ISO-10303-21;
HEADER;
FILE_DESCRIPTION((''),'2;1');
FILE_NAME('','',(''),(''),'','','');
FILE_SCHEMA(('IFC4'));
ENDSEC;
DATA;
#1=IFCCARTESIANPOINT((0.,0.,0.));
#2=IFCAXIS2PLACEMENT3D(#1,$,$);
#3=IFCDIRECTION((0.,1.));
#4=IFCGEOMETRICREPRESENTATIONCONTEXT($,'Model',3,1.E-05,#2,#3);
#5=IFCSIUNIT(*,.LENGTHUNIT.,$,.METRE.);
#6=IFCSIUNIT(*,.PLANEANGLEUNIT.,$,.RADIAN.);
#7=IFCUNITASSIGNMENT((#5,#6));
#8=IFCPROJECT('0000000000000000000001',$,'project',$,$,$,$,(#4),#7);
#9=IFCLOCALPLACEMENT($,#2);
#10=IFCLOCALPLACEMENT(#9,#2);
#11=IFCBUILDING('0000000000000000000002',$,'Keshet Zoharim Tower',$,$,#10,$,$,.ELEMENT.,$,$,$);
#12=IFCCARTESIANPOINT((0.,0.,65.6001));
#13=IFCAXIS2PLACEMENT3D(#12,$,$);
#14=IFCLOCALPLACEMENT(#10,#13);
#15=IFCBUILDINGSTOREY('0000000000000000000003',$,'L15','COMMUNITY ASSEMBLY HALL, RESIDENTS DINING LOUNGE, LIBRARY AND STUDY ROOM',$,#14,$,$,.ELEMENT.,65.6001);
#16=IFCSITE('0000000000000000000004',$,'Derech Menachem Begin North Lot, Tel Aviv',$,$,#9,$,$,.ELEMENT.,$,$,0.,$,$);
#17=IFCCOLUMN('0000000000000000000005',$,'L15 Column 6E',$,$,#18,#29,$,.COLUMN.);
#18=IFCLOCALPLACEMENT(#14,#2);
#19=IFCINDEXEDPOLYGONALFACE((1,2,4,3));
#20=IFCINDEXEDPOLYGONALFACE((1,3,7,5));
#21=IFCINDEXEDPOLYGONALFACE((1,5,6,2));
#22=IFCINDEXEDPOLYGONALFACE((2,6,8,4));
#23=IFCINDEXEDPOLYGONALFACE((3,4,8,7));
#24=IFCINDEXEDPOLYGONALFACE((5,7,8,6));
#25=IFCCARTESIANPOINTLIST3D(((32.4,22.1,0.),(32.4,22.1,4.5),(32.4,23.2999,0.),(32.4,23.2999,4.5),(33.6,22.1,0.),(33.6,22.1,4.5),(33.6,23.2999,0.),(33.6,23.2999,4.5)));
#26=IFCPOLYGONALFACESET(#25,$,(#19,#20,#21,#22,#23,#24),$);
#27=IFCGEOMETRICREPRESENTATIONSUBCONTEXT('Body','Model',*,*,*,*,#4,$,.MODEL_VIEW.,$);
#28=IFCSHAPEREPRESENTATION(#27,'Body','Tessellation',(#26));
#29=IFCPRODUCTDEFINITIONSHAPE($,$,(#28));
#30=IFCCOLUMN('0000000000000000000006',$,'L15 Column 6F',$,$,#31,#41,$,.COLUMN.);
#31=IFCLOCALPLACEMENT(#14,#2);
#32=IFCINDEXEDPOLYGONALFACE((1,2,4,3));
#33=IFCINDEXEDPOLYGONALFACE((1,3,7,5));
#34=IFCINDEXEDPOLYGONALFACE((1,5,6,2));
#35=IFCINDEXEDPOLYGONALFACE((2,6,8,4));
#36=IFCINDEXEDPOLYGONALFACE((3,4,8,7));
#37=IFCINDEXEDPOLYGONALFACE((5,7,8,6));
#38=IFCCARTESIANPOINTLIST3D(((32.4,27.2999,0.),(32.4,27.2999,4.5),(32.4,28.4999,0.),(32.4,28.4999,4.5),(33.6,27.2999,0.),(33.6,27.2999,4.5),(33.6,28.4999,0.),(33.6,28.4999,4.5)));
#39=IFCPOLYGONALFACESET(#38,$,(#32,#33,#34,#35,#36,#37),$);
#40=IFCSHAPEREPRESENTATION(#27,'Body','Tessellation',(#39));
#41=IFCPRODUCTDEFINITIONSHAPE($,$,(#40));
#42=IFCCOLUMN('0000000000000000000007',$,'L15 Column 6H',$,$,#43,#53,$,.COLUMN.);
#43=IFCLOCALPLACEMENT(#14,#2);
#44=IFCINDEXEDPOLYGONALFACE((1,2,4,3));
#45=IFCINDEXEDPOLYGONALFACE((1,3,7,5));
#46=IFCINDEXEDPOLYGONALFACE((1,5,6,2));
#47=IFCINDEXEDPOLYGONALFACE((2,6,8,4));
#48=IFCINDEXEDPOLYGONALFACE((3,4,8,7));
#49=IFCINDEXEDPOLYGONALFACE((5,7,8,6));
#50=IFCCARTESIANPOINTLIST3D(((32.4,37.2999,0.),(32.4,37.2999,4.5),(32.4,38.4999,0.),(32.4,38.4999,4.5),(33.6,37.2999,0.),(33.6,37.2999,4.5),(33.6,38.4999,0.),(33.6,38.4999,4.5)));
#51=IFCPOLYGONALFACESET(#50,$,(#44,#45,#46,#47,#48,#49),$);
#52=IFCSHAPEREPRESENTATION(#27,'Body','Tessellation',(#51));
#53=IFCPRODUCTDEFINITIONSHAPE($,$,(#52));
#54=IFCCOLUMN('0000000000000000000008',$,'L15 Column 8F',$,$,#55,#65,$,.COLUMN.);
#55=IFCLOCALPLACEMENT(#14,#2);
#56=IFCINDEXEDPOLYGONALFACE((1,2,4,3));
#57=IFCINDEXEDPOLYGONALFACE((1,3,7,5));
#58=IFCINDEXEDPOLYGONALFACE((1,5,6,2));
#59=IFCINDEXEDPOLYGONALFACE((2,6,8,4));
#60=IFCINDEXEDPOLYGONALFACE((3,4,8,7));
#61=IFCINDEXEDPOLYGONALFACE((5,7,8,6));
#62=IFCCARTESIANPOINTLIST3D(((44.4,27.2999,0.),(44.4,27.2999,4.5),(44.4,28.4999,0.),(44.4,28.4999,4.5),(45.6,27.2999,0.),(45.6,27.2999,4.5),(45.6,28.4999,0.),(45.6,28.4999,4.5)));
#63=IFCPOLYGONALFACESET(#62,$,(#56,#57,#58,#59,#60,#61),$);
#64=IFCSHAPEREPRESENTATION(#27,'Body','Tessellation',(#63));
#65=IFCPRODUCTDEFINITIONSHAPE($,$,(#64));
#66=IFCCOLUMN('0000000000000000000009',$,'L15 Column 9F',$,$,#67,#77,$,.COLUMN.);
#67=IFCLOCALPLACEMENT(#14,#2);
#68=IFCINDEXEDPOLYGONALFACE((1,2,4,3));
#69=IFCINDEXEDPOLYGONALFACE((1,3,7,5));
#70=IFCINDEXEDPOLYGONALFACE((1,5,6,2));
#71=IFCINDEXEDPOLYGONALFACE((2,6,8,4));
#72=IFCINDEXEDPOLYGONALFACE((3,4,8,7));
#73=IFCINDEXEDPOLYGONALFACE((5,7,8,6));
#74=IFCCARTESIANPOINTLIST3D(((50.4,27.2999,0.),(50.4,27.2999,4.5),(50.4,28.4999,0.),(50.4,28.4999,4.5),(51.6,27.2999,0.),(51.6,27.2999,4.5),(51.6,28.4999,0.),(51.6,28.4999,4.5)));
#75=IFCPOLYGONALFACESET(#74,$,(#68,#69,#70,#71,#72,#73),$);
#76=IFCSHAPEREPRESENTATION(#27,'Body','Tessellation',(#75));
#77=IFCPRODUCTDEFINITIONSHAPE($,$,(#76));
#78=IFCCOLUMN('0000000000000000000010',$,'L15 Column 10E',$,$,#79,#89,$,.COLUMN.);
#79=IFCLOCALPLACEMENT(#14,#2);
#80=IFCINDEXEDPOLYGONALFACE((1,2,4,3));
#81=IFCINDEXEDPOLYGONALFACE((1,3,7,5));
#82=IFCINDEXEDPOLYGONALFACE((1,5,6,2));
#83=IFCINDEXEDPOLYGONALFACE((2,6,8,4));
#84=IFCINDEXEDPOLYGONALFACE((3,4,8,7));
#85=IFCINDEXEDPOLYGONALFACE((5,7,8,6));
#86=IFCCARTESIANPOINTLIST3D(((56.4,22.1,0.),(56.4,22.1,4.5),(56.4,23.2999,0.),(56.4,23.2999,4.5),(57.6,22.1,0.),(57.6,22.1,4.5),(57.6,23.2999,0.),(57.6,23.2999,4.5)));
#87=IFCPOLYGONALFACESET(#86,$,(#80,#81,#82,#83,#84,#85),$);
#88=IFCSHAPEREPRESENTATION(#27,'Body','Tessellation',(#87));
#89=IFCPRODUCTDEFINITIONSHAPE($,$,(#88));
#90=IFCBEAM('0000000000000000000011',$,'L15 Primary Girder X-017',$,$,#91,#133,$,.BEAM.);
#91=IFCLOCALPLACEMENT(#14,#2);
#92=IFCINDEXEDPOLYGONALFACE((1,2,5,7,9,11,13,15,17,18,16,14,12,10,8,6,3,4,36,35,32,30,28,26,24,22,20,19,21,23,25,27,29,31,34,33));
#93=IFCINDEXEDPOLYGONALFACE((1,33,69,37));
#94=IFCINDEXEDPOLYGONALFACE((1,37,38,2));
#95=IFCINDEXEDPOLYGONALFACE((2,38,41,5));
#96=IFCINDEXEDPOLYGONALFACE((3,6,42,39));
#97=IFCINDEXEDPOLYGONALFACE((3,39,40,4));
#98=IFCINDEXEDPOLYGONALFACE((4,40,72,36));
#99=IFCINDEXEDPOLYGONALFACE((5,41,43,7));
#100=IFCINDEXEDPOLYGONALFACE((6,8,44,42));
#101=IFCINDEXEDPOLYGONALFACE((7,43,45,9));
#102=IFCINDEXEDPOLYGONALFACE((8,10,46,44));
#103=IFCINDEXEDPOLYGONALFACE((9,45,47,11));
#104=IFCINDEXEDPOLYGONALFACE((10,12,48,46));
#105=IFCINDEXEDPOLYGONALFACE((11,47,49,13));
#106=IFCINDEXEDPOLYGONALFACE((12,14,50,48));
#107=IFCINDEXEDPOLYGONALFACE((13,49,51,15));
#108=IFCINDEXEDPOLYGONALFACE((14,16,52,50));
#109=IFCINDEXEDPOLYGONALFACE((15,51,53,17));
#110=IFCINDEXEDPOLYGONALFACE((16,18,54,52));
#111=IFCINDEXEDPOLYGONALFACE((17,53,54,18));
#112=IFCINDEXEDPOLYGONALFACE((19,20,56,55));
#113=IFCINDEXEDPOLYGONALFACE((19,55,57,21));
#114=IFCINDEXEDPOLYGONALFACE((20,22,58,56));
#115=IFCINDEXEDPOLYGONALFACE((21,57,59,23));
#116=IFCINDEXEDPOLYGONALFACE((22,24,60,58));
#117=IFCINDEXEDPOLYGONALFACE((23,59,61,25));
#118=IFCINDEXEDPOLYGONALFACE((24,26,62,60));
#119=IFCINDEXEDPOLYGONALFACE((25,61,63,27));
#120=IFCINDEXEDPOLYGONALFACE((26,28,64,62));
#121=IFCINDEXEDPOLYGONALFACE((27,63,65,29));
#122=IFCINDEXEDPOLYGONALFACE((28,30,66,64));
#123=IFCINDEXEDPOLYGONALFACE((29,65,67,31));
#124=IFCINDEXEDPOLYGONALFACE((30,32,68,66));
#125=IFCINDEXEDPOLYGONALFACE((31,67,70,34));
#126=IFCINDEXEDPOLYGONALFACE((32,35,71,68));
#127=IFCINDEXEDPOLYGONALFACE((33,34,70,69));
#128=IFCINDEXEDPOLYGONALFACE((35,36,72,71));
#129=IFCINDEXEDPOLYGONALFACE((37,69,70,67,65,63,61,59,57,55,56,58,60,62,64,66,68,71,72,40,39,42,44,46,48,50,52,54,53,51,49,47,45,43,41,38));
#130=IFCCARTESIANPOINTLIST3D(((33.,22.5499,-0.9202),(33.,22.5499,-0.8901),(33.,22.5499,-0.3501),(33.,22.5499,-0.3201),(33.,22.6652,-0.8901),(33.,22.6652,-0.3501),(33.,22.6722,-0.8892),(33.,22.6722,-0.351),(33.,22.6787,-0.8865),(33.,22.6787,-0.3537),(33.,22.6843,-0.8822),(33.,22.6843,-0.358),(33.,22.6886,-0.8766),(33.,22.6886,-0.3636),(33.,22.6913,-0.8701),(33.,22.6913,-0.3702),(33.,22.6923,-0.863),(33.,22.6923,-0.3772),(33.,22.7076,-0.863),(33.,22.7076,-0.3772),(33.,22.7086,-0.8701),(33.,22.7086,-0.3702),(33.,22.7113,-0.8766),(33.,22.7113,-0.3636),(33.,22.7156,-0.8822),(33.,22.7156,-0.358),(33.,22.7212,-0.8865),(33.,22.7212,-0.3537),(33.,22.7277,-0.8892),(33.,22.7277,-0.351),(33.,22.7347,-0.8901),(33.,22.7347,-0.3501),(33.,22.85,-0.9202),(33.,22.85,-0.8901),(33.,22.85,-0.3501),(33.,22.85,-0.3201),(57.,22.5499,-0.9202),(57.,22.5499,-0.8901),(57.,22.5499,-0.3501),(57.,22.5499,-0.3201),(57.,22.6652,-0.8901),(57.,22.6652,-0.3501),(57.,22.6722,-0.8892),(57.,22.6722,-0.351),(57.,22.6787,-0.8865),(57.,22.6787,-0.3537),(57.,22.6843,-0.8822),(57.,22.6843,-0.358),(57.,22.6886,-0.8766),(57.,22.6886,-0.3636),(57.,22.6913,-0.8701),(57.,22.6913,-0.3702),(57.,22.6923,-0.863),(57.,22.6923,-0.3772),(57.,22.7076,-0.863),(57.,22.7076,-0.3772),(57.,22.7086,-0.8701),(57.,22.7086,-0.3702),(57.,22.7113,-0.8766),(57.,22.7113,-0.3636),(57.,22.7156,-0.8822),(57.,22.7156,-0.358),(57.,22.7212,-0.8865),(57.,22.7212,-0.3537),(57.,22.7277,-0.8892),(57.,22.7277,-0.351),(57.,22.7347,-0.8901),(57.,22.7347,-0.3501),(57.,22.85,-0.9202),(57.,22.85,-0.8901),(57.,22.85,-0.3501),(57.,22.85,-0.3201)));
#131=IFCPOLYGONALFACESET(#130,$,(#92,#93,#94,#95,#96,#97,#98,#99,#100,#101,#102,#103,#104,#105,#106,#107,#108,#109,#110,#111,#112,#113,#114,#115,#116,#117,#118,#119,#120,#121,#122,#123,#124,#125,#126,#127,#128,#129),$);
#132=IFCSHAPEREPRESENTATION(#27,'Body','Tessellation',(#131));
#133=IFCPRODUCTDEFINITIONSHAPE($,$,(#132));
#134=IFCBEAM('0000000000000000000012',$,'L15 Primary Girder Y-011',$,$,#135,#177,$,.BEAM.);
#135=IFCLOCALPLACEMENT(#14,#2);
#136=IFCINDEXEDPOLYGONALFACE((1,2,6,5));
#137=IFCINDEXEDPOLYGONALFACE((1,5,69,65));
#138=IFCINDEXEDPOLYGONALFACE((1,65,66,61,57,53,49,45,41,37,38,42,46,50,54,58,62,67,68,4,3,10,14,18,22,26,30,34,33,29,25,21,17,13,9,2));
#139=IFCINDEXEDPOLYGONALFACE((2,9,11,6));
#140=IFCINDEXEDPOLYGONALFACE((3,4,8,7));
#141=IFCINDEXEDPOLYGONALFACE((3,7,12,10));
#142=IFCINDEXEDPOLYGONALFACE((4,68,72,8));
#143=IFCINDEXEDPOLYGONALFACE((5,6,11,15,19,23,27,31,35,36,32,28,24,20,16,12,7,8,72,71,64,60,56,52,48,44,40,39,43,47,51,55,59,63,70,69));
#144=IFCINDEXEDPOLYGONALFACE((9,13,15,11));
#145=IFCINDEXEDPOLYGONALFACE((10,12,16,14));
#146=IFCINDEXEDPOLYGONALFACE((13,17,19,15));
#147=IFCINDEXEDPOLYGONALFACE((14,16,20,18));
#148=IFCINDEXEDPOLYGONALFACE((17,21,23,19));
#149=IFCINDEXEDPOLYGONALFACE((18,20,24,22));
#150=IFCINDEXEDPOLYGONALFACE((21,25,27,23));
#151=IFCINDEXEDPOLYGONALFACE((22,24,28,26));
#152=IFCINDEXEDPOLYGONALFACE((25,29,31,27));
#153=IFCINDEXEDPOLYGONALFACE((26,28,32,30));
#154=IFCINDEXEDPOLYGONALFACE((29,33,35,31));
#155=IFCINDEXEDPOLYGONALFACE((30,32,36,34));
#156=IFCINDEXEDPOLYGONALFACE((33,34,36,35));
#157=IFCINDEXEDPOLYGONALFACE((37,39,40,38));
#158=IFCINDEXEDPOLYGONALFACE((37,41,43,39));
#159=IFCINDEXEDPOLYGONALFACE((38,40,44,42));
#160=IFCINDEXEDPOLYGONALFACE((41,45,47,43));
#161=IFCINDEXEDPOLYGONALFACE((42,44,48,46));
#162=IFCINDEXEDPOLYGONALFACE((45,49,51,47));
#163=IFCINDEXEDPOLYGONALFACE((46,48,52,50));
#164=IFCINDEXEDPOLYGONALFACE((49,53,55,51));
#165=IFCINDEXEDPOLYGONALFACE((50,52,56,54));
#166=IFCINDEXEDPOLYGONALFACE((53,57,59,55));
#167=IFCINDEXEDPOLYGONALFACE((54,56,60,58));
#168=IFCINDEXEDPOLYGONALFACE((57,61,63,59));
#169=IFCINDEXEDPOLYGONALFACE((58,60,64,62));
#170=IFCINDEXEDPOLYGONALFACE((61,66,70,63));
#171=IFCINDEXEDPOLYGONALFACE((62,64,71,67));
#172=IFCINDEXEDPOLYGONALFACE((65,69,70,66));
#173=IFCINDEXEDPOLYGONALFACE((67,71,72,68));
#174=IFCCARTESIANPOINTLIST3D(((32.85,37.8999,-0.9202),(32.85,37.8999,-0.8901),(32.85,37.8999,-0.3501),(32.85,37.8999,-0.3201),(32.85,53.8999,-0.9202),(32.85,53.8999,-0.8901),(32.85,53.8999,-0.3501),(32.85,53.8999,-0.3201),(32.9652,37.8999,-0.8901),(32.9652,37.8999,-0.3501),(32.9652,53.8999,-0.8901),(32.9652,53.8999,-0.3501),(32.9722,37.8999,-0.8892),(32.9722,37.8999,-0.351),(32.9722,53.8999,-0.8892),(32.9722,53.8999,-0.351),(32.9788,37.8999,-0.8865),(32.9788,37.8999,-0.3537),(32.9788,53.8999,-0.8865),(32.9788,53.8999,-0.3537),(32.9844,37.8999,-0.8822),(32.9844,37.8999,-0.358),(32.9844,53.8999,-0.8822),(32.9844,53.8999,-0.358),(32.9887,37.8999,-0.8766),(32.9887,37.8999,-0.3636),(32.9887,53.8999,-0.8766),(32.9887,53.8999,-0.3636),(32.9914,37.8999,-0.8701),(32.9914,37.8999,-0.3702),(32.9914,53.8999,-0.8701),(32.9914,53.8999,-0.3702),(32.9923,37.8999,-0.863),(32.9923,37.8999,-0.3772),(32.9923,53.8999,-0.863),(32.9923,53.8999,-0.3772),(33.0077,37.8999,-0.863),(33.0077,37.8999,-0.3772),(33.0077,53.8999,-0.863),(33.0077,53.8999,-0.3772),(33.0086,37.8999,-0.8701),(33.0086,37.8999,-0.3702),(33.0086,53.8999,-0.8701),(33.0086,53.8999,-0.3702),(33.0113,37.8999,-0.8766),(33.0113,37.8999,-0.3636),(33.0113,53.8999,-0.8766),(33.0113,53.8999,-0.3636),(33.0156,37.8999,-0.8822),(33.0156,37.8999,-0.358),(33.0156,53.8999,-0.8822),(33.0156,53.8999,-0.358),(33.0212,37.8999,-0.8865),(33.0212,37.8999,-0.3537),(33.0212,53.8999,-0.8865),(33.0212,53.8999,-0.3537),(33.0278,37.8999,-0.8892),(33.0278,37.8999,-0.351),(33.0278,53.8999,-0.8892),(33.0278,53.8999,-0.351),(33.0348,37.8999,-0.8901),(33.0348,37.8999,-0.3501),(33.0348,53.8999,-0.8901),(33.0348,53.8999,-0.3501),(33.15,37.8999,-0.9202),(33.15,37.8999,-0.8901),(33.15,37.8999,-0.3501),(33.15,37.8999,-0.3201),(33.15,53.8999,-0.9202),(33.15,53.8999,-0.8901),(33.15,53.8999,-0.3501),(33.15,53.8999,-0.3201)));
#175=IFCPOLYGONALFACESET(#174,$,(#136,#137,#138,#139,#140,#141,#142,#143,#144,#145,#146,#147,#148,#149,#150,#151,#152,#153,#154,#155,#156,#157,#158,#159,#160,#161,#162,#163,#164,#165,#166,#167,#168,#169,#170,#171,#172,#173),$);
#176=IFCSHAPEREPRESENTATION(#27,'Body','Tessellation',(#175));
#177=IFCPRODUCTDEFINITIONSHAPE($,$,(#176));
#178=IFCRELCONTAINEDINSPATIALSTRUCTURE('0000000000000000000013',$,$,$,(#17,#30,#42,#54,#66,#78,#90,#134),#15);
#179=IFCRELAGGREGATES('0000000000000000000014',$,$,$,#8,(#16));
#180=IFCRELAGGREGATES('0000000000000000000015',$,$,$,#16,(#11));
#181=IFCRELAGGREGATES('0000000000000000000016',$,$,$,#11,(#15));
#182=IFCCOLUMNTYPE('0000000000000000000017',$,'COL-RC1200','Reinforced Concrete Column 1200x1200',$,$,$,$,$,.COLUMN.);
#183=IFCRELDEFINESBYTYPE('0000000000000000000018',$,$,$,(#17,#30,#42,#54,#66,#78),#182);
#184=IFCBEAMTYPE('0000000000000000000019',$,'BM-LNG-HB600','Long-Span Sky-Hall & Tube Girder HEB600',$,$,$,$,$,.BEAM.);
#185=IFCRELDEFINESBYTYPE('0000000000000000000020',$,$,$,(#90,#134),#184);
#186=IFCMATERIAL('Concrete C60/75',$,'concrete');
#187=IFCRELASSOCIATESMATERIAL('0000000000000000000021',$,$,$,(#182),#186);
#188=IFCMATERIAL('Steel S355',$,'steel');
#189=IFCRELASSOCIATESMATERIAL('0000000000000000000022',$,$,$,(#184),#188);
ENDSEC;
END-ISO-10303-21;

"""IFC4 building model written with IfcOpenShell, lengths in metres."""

from ifc_helpers import new_model, si_unit, direction, frame, origin, origin_2d, place, context, subcontext, project, spatial, rectangle, i_section, extrude, material, material_profile, profile_set, type_object, element, save


model = new_model("IFC4")

# Units and contexts
model_context = context("Model", 3, precision=1e-05, world=origin(), true_north=direction((0.0, 1.0)))
body_context = subcontext(model_context, "Body", "Model", "MODEL_VIEW")
ifc_project = project(units=[si_unit("LENGTHUNIT", "METRE"), si_unit("PLANEANGLEUNIT", "RADIAN")], contexts=[model_context])

# Site, building, storey
site_placement = place(None, origin())
site = spatial("IfcSite", under=ifc_project, at=site_placement, Name="Derech Menachem Begin North Lot, Tel Aviv", CompositionType="ELEMENT", RefElevation=0.0)
building_placement = place(site_placement, origin())
building = spatial("IfcBuilding", under=site, at=building_placement, Name="Keshet Zoharim Tower", CompositionType="ELEMENT")
storey_placement = place(building_placement, frame((0.0, 0.0, 65.6001)))
storey = spatial("IfcBuildingStorey", under=building, at=storey_placement, Name="L15", Description="COMMUNITY ASSEMBLY HALL, RESIDENTS DINING LOUNGE, LIBRARY AND STUDY ROOM", CompositionType="ELEMENT", Elevation=65.6001)

# Columns
ifc_material_1 = material(Name="Concrete C60/75", Category="concrete")
ifc_material_profile_1 = material_profile(ifc_material_1, rectangle(XDim=1.2, YDim=1.2, at=origin_2d()), Name="RC1200x1200")
ifc_profile_set_1 = profile_set([ifc_material_profile_1], Name="Concrete C60/75")
column_type = type_object("IfcColumnType", Name="COL-RC1200", Description="Reinforced Concrete Column 1200x1200", PredefinedType="COLUMN", material=ifc_profile_set_1)
for number, where, z_axis, x_axis, name in (
    (1, (33.0, 22.7, 0.0), (0.0, 0.0, 1.0), (1.0, 0.0, 0.0), "L15 Column 6E"),
    (2, (33.0, 27.8999, 0.0), (0.0, 0.0, 1.0), (1.0, 0.0, 0.0), "L15 Column 6F"),
    (3, (33.0, 37.8999, 0.0), (0.0, 0.0, 1.0), (1.0, 0.0, 0.0), "L15 Column 6H"),
    (4, (45.0, 27.8999, 0.0), (0.0, 0.0, 1.0), (1.0, 0.0, 0.0), "L15 Column 8F"),
    (5, (51.0, 27.8999, 0.0), (0.0, 0.0, 1.0), (1.0, 0.0, 0.0), "L15 Column 9F"),
    (6, (57.0, 22.7, 0.0), (0.0, 0.0, 1.0), (1.0, 0.0, 0.0), "L15 Column 10E"),
):
    element("IfcColumn", number, at=place(storey_placement, frame(where, z_axis=z_axis, x_axis=x_axis)), inside=storey, type_object=column_type, Name=name, PredefinedType="COLUMN", context=body_context, shape_type="SweptSolid", body=[
        extrude(rectangle(XDim=1.2, YDim=1.2, at=origin_2d()), origin(), (0.0, 0.0, 1.0), 4.5),
    ])

# Beams
ifc_material_2 = material(Name="Steel S355", Category="steel")
ifc_material_profile_2 = material_profile(ifc_material_2, i_section(OverallWidth=0.3, OverallDepth=0.6001, WebThickness=0.0154, FlangeThickness=0.03, FilletRadius=0.0271, at=origin_2d()), Name="HEB600")
ifc_profile_set_2 = profile_set([ifc_material_profile_2], Name="Steel S355")
beam_type_1 = type_object("IfcBeamType", Name="BM-LNG-HB600", Description="Long-Span Sky-Hall & Tube Girder HEB600", PredefinedType="BEAM", material=ifc_profile_set_2)
beam_1_placement = place(storey_placement, frame((33.0, 22.7, -0.6201), z_axis=(1.0, 0.0, 0.0), x_axis=(0.0, 1.0, 0.0)))
element("IfcBeam", 7, at=beam_1_placement, inside=storey, type_object=beam_type_1, Name="L15 Primary Girder X-017", PredefinedType="BEAM", context=body_context, shape_type="SweptSolid", body=[
    extrude(i_section(OverallWidth=0.3, OverallDepth=0.6001, WebThickness=0.0154, FlangeThickness=0.03, FilletRadius=0.0271, at=origin_2d()), origin(), (0.0, 0.0, 1.0), 24.0),
])
beam_2_placement = place(storey_placement, frame((33.0, 37.8999, -0.6201), z_axis=(0.0, 1.0, 0.0), x_axis=(-1.0, 0.0, 0.0)))
element("IfcBeam", 8, at=beam_2_placement, inside=storey, type_object=beam_type_1, Name="L15 Primary Girder Y-011", PredefinedType="BEAM", context=body_context, shape_type="SweptSolid", body=[
    extrude(i_section(OverallWidth=0.3, OverallDepth=0.6001, WebThickness=0.0154, FlangeThickness=0.03, FilletRadius=0.0271, at=origin_2d()), origin(), (0.0, 0.0, 1.0), 16.0),
])

save(model, "model.ifc")
